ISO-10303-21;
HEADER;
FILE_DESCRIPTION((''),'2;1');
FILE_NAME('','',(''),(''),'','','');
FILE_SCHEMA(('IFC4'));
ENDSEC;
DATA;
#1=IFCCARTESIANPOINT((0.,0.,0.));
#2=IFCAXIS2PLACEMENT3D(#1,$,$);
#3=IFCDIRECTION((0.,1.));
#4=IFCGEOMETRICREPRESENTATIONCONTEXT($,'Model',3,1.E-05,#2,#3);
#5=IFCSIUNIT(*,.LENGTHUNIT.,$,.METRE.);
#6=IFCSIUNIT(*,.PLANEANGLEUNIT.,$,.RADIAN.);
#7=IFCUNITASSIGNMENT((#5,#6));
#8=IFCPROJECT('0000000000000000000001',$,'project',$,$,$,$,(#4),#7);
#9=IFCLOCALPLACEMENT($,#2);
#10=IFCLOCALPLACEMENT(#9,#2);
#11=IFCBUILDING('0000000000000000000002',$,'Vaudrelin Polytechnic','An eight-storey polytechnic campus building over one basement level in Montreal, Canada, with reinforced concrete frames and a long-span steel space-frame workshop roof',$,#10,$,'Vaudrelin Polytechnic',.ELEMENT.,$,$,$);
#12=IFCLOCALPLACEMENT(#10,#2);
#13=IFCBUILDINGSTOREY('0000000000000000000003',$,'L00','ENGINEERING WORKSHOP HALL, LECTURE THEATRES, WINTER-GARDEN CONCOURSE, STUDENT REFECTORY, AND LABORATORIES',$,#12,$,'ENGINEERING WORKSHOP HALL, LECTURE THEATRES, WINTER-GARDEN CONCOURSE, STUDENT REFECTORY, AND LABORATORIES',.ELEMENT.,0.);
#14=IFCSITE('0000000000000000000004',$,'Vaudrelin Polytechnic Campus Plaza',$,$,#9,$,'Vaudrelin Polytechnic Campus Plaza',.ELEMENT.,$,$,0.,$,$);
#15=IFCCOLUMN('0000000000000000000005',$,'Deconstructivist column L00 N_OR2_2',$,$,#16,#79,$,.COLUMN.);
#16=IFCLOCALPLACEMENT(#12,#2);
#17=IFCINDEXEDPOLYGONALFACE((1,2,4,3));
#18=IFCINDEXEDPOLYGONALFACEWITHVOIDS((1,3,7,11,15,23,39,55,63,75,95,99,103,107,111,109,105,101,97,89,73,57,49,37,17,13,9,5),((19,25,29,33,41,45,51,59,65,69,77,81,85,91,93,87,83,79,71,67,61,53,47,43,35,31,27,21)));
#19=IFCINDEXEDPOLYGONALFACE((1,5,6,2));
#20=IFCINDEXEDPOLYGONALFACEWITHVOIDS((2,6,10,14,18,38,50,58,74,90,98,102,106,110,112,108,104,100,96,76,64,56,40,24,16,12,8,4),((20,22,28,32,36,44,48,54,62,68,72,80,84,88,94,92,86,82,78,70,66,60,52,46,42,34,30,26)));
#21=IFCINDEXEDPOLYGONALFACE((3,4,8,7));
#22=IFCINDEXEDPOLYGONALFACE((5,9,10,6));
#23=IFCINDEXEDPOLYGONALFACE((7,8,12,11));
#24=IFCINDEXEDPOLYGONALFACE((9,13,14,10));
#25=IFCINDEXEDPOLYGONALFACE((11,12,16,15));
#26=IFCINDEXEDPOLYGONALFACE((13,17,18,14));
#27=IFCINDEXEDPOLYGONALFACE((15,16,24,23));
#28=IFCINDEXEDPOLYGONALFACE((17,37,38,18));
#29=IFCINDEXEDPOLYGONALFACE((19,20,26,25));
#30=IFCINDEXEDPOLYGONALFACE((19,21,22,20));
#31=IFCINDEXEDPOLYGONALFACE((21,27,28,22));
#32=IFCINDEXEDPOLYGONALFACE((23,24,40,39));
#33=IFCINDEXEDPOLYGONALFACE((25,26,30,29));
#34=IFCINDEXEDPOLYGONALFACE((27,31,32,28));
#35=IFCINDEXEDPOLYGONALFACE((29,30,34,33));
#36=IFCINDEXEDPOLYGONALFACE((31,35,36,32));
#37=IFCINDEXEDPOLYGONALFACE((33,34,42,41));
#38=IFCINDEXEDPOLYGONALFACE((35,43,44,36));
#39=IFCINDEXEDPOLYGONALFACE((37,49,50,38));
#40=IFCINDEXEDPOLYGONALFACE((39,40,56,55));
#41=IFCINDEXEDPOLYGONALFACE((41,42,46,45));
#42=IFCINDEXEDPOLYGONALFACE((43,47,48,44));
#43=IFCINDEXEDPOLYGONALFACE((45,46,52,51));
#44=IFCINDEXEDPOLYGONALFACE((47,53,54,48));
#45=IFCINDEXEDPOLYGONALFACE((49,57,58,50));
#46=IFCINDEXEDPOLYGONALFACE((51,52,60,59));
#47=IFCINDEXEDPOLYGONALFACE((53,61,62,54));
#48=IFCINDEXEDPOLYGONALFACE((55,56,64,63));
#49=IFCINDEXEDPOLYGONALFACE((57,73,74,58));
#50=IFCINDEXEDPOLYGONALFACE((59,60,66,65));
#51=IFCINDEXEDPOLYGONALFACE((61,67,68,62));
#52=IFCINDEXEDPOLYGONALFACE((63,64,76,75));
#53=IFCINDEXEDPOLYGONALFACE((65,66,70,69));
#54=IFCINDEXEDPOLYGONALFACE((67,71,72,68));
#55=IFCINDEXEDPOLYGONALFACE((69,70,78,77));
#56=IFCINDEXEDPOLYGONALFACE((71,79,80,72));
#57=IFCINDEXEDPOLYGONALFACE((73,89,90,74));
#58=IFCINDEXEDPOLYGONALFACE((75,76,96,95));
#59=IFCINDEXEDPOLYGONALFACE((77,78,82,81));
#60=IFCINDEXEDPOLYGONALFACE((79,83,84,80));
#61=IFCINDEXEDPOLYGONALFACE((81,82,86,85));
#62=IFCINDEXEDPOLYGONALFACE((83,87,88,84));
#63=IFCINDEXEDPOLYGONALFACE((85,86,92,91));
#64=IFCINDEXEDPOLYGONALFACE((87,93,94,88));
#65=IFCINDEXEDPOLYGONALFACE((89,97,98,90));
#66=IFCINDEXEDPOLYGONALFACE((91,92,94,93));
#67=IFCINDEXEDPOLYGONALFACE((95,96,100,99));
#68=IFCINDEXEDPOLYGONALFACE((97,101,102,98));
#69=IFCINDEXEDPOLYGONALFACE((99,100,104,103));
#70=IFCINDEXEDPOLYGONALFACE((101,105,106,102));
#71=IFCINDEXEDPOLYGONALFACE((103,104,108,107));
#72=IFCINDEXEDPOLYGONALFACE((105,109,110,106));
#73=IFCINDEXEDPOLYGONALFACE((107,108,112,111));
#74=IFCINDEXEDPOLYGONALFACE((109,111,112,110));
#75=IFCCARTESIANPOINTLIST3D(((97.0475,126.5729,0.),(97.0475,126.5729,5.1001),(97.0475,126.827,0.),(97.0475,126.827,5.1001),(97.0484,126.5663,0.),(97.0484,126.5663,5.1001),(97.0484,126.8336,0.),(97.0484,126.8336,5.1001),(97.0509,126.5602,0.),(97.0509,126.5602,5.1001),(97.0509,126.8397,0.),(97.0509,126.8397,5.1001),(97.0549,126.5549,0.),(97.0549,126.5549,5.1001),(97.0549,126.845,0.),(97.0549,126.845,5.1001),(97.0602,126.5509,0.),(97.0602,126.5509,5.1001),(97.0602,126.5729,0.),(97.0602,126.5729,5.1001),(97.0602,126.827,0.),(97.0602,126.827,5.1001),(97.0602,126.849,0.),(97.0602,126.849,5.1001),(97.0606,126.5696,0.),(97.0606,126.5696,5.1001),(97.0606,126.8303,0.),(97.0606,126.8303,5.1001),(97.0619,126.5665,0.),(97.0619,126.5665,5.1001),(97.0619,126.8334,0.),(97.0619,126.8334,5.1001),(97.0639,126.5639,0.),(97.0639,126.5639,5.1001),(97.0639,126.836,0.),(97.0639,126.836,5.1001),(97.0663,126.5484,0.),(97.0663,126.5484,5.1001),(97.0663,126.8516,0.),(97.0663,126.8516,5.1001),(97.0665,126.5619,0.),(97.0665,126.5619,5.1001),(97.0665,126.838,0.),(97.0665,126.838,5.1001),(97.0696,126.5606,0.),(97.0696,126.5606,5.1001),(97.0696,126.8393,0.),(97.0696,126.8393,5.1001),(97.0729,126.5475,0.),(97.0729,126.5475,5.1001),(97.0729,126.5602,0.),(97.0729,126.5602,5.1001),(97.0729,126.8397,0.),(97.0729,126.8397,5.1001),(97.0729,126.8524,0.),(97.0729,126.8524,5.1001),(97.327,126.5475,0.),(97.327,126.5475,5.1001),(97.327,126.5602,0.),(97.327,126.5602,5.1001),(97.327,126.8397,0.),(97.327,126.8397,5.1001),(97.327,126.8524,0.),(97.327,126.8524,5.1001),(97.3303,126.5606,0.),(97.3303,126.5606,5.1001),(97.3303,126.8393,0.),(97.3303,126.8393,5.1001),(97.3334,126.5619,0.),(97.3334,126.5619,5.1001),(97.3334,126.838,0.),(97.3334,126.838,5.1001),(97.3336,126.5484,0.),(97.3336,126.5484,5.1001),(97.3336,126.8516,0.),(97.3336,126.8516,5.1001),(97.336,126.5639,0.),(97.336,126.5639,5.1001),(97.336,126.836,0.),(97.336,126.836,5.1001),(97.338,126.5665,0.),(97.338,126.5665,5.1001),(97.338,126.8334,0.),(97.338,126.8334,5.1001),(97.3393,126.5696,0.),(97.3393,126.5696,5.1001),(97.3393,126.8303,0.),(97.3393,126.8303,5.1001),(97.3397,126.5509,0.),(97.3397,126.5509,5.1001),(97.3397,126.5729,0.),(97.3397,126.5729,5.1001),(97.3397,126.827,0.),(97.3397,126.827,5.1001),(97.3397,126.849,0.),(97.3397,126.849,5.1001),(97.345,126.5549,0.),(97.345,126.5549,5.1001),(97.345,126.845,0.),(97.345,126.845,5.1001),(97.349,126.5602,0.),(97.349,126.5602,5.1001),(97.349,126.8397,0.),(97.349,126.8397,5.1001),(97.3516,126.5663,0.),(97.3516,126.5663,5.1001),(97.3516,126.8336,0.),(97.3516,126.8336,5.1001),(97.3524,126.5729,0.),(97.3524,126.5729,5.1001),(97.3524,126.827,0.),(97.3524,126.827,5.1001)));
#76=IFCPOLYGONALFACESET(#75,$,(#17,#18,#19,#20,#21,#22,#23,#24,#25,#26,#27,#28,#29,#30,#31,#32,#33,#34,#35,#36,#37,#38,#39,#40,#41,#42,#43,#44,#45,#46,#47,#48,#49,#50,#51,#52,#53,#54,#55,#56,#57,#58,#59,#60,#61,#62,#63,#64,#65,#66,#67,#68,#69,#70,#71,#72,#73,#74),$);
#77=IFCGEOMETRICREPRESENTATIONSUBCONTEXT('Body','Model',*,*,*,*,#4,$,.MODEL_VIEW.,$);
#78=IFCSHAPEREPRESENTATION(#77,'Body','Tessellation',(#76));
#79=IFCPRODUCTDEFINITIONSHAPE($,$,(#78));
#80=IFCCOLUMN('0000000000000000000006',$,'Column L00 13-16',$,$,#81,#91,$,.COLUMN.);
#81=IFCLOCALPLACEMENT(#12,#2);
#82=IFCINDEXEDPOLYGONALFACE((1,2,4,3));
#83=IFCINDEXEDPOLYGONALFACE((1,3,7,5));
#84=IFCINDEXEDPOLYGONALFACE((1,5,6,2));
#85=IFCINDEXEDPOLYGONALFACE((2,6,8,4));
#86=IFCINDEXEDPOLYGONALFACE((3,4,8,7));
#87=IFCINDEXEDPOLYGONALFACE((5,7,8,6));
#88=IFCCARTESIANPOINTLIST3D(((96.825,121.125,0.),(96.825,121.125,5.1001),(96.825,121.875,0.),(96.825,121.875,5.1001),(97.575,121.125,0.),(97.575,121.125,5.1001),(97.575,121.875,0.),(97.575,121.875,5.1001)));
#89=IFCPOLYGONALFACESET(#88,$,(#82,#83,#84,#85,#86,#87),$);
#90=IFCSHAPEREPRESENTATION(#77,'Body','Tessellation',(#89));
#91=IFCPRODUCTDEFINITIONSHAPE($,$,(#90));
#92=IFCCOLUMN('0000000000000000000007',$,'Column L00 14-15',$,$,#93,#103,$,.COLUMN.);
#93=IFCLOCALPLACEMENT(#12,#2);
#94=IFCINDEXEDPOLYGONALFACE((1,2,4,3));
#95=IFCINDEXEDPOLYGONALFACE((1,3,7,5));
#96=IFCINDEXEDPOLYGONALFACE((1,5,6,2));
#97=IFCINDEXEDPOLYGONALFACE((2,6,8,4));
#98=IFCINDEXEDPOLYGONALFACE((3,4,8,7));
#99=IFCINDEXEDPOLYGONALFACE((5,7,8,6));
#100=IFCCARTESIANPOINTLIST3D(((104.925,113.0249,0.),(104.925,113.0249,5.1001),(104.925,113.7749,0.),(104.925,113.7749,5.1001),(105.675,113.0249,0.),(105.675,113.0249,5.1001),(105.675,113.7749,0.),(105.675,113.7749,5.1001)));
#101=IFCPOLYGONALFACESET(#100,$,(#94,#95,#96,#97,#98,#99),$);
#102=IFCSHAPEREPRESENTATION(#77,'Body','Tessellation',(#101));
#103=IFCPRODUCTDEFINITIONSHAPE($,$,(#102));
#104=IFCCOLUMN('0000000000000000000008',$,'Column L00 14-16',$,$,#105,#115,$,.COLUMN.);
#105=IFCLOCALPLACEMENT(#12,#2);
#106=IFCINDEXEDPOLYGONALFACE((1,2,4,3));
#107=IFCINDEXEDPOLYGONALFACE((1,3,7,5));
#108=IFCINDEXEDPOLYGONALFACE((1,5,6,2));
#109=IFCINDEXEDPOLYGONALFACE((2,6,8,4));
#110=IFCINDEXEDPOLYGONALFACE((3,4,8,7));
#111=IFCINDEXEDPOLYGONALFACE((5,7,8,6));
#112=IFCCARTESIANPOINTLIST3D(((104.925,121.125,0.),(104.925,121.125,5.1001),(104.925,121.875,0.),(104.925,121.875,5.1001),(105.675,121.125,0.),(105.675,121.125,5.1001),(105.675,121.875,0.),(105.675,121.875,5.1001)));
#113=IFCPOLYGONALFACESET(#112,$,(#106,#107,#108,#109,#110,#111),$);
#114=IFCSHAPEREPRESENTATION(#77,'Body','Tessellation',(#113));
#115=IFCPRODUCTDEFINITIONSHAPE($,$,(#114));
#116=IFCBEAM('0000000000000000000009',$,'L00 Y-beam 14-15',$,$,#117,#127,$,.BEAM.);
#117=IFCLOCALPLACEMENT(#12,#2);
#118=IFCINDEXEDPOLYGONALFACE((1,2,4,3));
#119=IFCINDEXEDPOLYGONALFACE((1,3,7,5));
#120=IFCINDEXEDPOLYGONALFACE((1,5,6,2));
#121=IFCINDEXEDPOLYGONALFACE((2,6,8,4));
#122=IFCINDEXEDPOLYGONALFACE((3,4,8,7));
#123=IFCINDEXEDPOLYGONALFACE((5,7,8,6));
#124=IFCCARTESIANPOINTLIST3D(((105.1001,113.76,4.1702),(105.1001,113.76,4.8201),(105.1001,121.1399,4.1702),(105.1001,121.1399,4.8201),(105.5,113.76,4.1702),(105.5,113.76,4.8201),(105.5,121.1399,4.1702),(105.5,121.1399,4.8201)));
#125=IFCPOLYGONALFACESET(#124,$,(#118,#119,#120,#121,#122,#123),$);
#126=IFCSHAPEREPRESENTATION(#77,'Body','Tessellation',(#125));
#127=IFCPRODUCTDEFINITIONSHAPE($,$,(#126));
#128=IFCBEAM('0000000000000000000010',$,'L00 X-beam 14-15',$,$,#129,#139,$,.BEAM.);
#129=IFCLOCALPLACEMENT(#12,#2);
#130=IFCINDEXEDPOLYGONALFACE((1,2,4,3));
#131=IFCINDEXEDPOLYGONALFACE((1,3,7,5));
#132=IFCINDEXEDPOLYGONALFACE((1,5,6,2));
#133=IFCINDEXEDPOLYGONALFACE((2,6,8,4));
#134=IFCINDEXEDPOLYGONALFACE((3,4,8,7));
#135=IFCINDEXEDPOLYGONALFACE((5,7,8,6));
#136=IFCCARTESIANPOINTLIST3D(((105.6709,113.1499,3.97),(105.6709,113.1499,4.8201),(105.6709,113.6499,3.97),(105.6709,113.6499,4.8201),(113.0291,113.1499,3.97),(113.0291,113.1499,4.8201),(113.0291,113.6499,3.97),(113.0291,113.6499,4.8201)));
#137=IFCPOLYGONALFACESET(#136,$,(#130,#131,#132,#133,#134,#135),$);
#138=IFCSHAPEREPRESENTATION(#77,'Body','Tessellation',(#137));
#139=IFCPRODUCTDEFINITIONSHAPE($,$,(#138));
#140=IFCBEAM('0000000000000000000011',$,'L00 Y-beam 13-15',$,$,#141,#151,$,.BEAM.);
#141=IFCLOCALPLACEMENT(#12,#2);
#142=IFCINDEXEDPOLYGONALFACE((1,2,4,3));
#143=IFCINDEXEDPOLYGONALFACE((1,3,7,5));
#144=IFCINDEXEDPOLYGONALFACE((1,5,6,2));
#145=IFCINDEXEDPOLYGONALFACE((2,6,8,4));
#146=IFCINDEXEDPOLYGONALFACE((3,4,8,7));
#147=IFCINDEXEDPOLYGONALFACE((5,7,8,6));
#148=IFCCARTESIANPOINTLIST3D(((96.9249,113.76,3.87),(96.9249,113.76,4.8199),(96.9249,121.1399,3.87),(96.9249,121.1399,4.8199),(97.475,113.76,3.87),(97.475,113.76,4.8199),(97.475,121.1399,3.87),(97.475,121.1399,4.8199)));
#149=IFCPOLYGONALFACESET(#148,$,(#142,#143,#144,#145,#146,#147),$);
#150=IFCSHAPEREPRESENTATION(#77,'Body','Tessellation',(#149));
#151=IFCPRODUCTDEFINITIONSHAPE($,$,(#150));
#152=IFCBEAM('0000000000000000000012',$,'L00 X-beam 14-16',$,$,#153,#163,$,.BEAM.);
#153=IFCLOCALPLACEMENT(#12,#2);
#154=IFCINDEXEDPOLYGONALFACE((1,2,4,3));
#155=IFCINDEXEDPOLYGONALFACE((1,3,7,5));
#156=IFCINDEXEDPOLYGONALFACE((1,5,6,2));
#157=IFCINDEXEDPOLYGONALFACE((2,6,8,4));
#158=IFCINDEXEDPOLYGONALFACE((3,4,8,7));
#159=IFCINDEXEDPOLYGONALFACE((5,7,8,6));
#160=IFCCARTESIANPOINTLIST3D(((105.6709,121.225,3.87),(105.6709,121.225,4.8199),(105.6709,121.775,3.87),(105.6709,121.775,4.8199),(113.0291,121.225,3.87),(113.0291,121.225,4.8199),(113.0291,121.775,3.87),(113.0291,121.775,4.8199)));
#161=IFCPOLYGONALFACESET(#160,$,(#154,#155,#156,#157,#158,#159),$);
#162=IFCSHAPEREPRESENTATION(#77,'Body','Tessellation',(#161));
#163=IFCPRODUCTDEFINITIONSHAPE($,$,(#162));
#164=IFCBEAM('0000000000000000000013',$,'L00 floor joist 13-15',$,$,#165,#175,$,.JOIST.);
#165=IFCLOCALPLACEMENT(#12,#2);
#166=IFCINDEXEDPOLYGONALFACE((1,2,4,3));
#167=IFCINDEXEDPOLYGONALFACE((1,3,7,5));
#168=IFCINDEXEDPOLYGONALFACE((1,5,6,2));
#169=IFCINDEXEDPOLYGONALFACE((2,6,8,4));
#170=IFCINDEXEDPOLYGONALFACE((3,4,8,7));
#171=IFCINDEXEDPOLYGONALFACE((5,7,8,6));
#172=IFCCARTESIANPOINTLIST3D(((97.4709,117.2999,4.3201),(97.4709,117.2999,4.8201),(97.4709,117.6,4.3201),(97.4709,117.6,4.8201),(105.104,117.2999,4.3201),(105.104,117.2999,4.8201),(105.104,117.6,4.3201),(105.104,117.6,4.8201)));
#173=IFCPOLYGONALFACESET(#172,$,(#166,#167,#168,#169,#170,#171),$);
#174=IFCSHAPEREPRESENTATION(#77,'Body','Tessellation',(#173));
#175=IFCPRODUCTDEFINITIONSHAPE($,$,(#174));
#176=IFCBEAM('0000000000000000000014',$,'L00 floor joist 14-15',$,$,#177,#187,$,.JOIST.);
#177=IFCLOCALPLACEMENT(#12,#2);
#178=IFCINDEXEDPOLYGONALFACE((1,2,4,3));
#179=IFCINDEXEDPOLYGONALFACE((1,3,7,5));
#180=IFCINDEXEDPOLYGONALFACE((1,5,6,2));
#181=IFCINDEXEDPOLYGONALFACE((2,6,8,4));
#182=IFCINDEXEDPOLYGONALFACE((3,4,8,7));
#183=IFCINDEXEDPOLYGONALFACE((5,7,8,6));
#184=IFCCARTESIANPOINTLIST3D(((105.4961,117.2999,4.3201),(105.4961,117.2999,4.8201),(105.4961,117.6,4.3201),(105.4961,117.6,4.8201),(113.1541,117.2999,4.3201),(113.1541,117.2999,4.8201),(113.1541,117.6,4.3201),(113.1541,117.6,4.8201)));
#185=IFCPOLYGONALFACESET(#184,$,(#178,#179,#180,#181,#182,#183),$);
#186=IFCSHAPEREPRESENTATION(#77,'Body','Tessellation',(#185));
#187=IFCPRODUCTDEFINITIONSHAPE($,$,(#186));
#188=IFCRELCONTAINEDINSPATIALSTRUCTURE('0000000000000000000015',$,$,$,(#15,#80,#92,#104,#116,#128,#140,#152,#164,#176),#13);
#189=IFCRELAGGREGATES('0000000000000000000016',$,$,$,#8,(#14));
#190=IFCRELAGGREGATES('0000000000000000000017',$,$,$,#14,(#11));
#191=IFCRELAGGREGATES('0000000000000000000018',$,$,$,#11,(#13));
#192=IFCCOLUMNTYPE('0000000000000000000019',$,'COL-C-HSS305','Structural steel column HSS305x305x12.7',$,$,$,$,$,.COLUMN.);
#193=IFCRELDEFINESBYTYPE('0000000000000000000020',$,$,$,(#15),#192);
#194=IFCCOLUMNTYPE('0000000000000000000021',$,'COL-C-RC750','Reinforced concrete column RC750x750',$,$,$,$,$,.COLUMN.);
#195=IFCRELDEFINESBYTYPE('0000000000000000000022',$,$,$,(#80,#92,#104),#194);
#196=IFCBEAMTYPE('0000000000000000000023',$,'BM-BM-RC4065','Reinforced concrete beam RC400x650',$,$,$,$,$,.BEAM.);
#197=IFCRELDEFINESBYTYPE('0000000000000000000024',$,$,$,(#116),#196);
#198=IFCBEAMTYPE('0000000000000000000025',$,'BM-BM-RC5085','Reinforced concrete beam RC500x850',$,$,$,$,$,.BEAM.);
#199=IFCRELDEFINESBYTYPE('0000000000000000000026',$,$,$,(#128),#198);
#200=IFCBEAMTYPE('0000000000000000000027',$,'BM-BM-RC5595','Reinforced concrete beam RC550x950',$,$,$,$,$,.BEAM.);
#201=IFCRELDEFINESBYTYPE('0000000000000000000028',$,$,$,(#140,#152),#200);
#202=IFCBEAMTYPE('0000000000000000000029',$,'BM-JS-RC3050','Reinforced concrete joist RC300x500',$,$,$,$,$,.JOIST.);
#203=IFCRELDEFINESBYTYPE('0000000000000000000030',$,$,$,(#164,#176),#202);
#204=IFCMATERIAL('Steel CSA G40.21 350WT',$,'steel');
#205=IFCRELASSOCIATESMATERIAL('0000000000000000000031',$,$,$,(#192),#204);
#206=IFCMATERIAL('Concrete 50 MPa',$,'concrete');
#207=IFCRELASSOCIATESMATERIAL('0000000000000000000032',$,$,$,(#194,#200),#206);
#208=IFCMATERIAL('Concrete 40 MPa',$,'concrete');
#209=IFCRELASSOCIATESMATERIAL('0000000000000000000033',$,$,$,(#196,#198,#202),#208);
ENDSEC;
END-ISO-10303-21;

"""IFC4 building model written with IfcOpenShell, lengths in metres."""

from ifc_helpers import new_model, si_unit, direction, frame, origin, origin_2d, place, context, subcontext, project, spatial, rectangle, hollow_rectangle, extrude, material, material_profile, profile_set, type_object, element, save


model = new_model("IFC4")

# Units and contexts
model_context = context("Model", 3, precision=1e-05, world=origin(), true_north=direction((0.0, 1.0)))
body_context = subcontext(model_context, "Body", "Model", "MODEL_VIEW")
ifc_project = project(units=[si_unit("LENGTHUNIT", "METRE"), si_unit("PLANEANGLEUNIT", "RADIAN")], contexts=[model_context])

# Site, building, storey
site_placement = place(None, origin())
site = spatial("IfcSite", under=ifc_project, at=site_placement, Name="Vaudrelin Polytechnic Campus Plaza", LongName="Vaudrelin Polytechnic Campus Plaza", CompositionType="ELEMENT", RefElevation=0.0)
building_placement = place(site_placement, origin())
building = spatial("IfcBuilding", under=site, at=building_placement, Name="Vaudrelin Polytechnic", Description="An eight-storey polytechnic campus building over one basement level in Montreal, Canada, with reinforced concrete frames and a long-span steel space-frame workshop roof", LongName="Vaudrelin Polytechnic", CompositionType="ELEMENT")
storey_placement = place(building_placement, origin())
storey = spatial("IfcBuildingStorey", under=building, at=storey_placement, Name="L00", Description="ENGINEERING WORKSHOP HALL, LECTURE THEATRES, WINTER-GARDEN CONCOURSE, STUDENT REFECTORY, AND LABORATORIES", LongName="ENGINEERING WORKSHOP HALL, LECTURE THEATRES, WINTER-GARDEN CONCOURSE, STUDENT REFECTORY, AND LABORATORIES", CompositionType="ELEMENT", Elevation=0.0)

# Columns
ifc_material_1 = material(Name="Steel CSA G40.21 350WT", Category="steel")
ifc_material_profile_1 = material_profile(ifc_material_1, hollow_rectangle(XDim=0.3049, YDim=0.3049, WallThickness=0.0127, InnerFilletRadius=0.0127, OuterFilletRadius=0.0254, at=origin_2d()), Name="HSS305x305x12.7")
ifc_profile_set_1 = profile_set([ifc_material_profile_1], Name="Steel CSA G40.21 350WT")
column_type_1 = type_object("IfcColumnType", Name="COL-C-HSS305", Description="Structural steel column HSS305x305x12.7", PredefinedType="COLUMN", material=ifc_profile_set_1)
column_placement = place(storey_placement, frame((97.2, 126.7, 0.0), z_axis=(0.0, 0.0, 1.0), x_axis=(1.0, 0.0, 0.0)))
element("IfcColumn", 1, at=column_placement, inside=storey, type_object=column_type_1, Name="Deconstructivist column L00 N_OR2_2", PredefinedType="COLUMN", context=body_context, shape_type="SweptSolid", body=[
    extrude(hollow_rectangle(XDim=0.3049, YDim=0.3049, WallThickness=0.0127, InnerFilletRadius=0.0127, OuterFilletRadius=0.0254, at=origin_2d()), origin(), (0.0, 0.0, 1.0), 5.1001),
])
ifc_material_2 = material(Name="Concrete 50 MPa", Category="concrete")
ifc_material_profile_2 = material_profile(ifc_material_2, rectangle(XDim=0.75, YDim=0.75, at=origin_2d()), Name="RC750x750")
ifc_profile_set_2 = profile_set([ifc_material_profile_2], Name="Concrete 50 MPa")
column_type_2 = type_object("IfcColumnType", Name="COL-C-RC750", Description="Reinforced concrete column RC750x750", PredefinedType="COLUMN", material=ifc_profile_set_2)
for number, where, z_axis, x_axis, name in (
    (2, (97.2, 121.5, 0.0), (0.0, 0.0, 1.0), (1.0, 0.0, 0.0), "Column L00 13-16"),
    (3, (105.3, 113.3999, 0.0), (0.0, 0.0, 1.0), (1.0, 0.0, 0.0), "Column L00 14-15"),
    (4, (105.3, 121.5, 0.0), (0.0, 0.0, 1.0), (1.0, 0.0, 0.0), "Column L00 14-16"),
):
    element("IfcColumn", number, at=place(storey_placement, frame(where, z_axis=z_axis, x_axis=x_axis)), inside=storey, type_object=column_type_2, Name=name, PredefinedType="COLUMN", context=body_context, shape_type="SweptSolid", body=[
        extrude(rectangle(XDim=0.75, YDim=0.75, at=origin_2d()), origin(), (0.0, 0.0, 1.0), 5.1001),
    ])

# Beams
ifc_material_3 = material(Name="Concrete 40 MPa", Category="concrete")
ifc_material_profile_3 = material_profile(ifc_material_3, rectangle(XDim=0.3999, YDim=0.6499, at=origin_2d()), Name="RC400x650")
ifc_profile_set_3 = profile_set([ifc_material_profile_3], Name="Concrete 40 MPa")
beam_type_1 = type_object("IfcBeamType", Name="BM-BM-RC4065", Description="Reinforced concrete beam RC400x650", PredefinedType="BEAM", material=ifc_profile_set_3)
beam_1_placement = place(storey_placement, frame((105.3, 113.76, 4.4951), z_axis=(0.0, 1.0, 0.0), x_axis=(-1.0, 0.0, 0.0)))
element("IfcBeam", 5, at=beam_1_placement, inside=storey, type_object=beam_type_1, Name="L00 Y-beam 14-15", PredefinedType="BEAM", context=body_context, shape_type="SweptSolid", body=[
    extrude(rectangle(XDim=0.3999, YDim=0.6499, at=origin_2d()), origin(), (0.0, 0.0, 1.0), 7.3799),
])
ifc_material_profile_4 = material_profile(ifc_material_3, rectangle(XDim=0.5, YDim=0.8501, at=origin_2d()), Name="RC500x850")
ifc_profile_set_4 = profile_set([ifc_material_profile_4], Name="Concrete 40 MPa")
beam_type_2 = type_object("IfcBeamType", Name="BM-BM-RC5085", Description="Reinforced concrete beam RC500x850", PredefinedType="BEAM", material=ifc_profile_set_4)
beam_2_placement = place(storey_placement, frame((105.6709, 113.3999, 4.395), z_axis=(1.0, 0.0, 0.0), x_axis=(0.0, 1.0, 0.0)))
element("IfcBeam", 6, at=beam_2_placement, inside=storey, type_object=beam_type_2, Name="L00 X-beam 14-15", PredefinedType="BEAM", context=body_context, shape_type="SweptSolid", body=[
    extrude(rectangle(XDim=0.5, YDim=0.8501, at=origin_2d()), origin(), (0.0, 0.0, 1.0), 7.3582),
])
ifc_material_profile_5 = material_profile(ifc_material_2, rectangle(XDim=0.55, YDim=0.95, at=origin_2d()), Name="RC550x950")
ifc_profile_set_5 = profile_set([ifc_material_profile_5], Name="Concrete 50 MPa")
beam_type_3 = type_object("IfcBeamType", Name="BM-BM-RC5595", Description="Reinforced concrete beam RC550x950", PredefinedType="BEAM", material=ifc_profile_set_5)
beam_3_placement = place(storey_placement, frame((97.2, 113.76, 4.345), z_axis=(0.0, 1.0, 0.0), x_axis=(-1.0, 0.0, 0.0)))
element("IfcBeam", 7, at=beam_3_placement, inside=storey, type_object=beam_type_3, Name="L00 Y-beam 13-15", PredefinedType="BEAM", context=body_context, shape_type="SweptSolid", body=[
    extrude(rectangle(XDim=0.55, YDim=0.95, at=origin_2d()), origin(), (0.0, 0.0, 1.0), 7.3799),
])
beam_4_placement = place(storey_placement, frame((105.6709, 121.5, 4.345), z_axis=(1.0, 0.0, 0.0), x_axis=(0.0, 1.0, 0.0)))
element("IfcBeam", 8, at=beam_4_placement, inside=storey, type_object=beam_type_3, Name="L00 X-beam 14-16", PredefinedType="BEAM", context=body_context, shape_type="SweptSolid", body=[
    extrude(rectangle(XDim=0.55, YDim=0.95, at=origin_2d()), origin(), (0.0, 0.0, 1.0), 7.3582),
])
ifc_material_profile_6 = material_profile(ifc_material_3, rectangle(XDim=0.3, YDim=0.5, at=origin_2d()), Name="RC300x500")
ifc_profile_set_6 = profile_set([ifc_material_profile_6], Name="Concrete 40 MPa")
beam_type_4 = type_object("IfcBeamType", Name="BM-JS-RC3050", Description="Reinforced concrete joist RC300x500", PredefinedType="JOIST", material=ifc_profile_set_6)
beam_5_placement = place(storey_placement, frame((97.4709, 117.45, 4.5701), z_axis=(1.0, 0.0, 0.0), x_axis=(0.0, 1.0, 0.0)))
element("IfcBeam", 9, at=beam_5_placement, inside=storey, type_object=beam_type_4, Name="L00 floor joist 13-15", PredefinedType="JOIST", context=body_context, shape_type="SweptSolid", body=[
    extrude(rectangle(XDim=0.3, YDim=0.5, at=origin_2d()), origin(), (0.0, 0.0, 1.0), 7.6331),
])
beam_6_placement = place(storey_placement, frame((105.4961, 117.45, 4.5701), z_axis=(1.0, 0.0, 0.0), x_axis=(0.0, 1.0, 0.0)))
element("IfcBeam", 10, at=beam_6_placement, inside=storey, type_object=beam_type_4, Name="L00 floor joist 14-15", PredefinedType="JOIST", context=body_context, shape_type="SweptSolid", body=[
    extrude(rectangle(XDim=0.3, YDim=0.5, at=origin_2d()), origin(), (0.0, 0.0, 1.0), 7.658),
])

save(model, "model.ifc")
